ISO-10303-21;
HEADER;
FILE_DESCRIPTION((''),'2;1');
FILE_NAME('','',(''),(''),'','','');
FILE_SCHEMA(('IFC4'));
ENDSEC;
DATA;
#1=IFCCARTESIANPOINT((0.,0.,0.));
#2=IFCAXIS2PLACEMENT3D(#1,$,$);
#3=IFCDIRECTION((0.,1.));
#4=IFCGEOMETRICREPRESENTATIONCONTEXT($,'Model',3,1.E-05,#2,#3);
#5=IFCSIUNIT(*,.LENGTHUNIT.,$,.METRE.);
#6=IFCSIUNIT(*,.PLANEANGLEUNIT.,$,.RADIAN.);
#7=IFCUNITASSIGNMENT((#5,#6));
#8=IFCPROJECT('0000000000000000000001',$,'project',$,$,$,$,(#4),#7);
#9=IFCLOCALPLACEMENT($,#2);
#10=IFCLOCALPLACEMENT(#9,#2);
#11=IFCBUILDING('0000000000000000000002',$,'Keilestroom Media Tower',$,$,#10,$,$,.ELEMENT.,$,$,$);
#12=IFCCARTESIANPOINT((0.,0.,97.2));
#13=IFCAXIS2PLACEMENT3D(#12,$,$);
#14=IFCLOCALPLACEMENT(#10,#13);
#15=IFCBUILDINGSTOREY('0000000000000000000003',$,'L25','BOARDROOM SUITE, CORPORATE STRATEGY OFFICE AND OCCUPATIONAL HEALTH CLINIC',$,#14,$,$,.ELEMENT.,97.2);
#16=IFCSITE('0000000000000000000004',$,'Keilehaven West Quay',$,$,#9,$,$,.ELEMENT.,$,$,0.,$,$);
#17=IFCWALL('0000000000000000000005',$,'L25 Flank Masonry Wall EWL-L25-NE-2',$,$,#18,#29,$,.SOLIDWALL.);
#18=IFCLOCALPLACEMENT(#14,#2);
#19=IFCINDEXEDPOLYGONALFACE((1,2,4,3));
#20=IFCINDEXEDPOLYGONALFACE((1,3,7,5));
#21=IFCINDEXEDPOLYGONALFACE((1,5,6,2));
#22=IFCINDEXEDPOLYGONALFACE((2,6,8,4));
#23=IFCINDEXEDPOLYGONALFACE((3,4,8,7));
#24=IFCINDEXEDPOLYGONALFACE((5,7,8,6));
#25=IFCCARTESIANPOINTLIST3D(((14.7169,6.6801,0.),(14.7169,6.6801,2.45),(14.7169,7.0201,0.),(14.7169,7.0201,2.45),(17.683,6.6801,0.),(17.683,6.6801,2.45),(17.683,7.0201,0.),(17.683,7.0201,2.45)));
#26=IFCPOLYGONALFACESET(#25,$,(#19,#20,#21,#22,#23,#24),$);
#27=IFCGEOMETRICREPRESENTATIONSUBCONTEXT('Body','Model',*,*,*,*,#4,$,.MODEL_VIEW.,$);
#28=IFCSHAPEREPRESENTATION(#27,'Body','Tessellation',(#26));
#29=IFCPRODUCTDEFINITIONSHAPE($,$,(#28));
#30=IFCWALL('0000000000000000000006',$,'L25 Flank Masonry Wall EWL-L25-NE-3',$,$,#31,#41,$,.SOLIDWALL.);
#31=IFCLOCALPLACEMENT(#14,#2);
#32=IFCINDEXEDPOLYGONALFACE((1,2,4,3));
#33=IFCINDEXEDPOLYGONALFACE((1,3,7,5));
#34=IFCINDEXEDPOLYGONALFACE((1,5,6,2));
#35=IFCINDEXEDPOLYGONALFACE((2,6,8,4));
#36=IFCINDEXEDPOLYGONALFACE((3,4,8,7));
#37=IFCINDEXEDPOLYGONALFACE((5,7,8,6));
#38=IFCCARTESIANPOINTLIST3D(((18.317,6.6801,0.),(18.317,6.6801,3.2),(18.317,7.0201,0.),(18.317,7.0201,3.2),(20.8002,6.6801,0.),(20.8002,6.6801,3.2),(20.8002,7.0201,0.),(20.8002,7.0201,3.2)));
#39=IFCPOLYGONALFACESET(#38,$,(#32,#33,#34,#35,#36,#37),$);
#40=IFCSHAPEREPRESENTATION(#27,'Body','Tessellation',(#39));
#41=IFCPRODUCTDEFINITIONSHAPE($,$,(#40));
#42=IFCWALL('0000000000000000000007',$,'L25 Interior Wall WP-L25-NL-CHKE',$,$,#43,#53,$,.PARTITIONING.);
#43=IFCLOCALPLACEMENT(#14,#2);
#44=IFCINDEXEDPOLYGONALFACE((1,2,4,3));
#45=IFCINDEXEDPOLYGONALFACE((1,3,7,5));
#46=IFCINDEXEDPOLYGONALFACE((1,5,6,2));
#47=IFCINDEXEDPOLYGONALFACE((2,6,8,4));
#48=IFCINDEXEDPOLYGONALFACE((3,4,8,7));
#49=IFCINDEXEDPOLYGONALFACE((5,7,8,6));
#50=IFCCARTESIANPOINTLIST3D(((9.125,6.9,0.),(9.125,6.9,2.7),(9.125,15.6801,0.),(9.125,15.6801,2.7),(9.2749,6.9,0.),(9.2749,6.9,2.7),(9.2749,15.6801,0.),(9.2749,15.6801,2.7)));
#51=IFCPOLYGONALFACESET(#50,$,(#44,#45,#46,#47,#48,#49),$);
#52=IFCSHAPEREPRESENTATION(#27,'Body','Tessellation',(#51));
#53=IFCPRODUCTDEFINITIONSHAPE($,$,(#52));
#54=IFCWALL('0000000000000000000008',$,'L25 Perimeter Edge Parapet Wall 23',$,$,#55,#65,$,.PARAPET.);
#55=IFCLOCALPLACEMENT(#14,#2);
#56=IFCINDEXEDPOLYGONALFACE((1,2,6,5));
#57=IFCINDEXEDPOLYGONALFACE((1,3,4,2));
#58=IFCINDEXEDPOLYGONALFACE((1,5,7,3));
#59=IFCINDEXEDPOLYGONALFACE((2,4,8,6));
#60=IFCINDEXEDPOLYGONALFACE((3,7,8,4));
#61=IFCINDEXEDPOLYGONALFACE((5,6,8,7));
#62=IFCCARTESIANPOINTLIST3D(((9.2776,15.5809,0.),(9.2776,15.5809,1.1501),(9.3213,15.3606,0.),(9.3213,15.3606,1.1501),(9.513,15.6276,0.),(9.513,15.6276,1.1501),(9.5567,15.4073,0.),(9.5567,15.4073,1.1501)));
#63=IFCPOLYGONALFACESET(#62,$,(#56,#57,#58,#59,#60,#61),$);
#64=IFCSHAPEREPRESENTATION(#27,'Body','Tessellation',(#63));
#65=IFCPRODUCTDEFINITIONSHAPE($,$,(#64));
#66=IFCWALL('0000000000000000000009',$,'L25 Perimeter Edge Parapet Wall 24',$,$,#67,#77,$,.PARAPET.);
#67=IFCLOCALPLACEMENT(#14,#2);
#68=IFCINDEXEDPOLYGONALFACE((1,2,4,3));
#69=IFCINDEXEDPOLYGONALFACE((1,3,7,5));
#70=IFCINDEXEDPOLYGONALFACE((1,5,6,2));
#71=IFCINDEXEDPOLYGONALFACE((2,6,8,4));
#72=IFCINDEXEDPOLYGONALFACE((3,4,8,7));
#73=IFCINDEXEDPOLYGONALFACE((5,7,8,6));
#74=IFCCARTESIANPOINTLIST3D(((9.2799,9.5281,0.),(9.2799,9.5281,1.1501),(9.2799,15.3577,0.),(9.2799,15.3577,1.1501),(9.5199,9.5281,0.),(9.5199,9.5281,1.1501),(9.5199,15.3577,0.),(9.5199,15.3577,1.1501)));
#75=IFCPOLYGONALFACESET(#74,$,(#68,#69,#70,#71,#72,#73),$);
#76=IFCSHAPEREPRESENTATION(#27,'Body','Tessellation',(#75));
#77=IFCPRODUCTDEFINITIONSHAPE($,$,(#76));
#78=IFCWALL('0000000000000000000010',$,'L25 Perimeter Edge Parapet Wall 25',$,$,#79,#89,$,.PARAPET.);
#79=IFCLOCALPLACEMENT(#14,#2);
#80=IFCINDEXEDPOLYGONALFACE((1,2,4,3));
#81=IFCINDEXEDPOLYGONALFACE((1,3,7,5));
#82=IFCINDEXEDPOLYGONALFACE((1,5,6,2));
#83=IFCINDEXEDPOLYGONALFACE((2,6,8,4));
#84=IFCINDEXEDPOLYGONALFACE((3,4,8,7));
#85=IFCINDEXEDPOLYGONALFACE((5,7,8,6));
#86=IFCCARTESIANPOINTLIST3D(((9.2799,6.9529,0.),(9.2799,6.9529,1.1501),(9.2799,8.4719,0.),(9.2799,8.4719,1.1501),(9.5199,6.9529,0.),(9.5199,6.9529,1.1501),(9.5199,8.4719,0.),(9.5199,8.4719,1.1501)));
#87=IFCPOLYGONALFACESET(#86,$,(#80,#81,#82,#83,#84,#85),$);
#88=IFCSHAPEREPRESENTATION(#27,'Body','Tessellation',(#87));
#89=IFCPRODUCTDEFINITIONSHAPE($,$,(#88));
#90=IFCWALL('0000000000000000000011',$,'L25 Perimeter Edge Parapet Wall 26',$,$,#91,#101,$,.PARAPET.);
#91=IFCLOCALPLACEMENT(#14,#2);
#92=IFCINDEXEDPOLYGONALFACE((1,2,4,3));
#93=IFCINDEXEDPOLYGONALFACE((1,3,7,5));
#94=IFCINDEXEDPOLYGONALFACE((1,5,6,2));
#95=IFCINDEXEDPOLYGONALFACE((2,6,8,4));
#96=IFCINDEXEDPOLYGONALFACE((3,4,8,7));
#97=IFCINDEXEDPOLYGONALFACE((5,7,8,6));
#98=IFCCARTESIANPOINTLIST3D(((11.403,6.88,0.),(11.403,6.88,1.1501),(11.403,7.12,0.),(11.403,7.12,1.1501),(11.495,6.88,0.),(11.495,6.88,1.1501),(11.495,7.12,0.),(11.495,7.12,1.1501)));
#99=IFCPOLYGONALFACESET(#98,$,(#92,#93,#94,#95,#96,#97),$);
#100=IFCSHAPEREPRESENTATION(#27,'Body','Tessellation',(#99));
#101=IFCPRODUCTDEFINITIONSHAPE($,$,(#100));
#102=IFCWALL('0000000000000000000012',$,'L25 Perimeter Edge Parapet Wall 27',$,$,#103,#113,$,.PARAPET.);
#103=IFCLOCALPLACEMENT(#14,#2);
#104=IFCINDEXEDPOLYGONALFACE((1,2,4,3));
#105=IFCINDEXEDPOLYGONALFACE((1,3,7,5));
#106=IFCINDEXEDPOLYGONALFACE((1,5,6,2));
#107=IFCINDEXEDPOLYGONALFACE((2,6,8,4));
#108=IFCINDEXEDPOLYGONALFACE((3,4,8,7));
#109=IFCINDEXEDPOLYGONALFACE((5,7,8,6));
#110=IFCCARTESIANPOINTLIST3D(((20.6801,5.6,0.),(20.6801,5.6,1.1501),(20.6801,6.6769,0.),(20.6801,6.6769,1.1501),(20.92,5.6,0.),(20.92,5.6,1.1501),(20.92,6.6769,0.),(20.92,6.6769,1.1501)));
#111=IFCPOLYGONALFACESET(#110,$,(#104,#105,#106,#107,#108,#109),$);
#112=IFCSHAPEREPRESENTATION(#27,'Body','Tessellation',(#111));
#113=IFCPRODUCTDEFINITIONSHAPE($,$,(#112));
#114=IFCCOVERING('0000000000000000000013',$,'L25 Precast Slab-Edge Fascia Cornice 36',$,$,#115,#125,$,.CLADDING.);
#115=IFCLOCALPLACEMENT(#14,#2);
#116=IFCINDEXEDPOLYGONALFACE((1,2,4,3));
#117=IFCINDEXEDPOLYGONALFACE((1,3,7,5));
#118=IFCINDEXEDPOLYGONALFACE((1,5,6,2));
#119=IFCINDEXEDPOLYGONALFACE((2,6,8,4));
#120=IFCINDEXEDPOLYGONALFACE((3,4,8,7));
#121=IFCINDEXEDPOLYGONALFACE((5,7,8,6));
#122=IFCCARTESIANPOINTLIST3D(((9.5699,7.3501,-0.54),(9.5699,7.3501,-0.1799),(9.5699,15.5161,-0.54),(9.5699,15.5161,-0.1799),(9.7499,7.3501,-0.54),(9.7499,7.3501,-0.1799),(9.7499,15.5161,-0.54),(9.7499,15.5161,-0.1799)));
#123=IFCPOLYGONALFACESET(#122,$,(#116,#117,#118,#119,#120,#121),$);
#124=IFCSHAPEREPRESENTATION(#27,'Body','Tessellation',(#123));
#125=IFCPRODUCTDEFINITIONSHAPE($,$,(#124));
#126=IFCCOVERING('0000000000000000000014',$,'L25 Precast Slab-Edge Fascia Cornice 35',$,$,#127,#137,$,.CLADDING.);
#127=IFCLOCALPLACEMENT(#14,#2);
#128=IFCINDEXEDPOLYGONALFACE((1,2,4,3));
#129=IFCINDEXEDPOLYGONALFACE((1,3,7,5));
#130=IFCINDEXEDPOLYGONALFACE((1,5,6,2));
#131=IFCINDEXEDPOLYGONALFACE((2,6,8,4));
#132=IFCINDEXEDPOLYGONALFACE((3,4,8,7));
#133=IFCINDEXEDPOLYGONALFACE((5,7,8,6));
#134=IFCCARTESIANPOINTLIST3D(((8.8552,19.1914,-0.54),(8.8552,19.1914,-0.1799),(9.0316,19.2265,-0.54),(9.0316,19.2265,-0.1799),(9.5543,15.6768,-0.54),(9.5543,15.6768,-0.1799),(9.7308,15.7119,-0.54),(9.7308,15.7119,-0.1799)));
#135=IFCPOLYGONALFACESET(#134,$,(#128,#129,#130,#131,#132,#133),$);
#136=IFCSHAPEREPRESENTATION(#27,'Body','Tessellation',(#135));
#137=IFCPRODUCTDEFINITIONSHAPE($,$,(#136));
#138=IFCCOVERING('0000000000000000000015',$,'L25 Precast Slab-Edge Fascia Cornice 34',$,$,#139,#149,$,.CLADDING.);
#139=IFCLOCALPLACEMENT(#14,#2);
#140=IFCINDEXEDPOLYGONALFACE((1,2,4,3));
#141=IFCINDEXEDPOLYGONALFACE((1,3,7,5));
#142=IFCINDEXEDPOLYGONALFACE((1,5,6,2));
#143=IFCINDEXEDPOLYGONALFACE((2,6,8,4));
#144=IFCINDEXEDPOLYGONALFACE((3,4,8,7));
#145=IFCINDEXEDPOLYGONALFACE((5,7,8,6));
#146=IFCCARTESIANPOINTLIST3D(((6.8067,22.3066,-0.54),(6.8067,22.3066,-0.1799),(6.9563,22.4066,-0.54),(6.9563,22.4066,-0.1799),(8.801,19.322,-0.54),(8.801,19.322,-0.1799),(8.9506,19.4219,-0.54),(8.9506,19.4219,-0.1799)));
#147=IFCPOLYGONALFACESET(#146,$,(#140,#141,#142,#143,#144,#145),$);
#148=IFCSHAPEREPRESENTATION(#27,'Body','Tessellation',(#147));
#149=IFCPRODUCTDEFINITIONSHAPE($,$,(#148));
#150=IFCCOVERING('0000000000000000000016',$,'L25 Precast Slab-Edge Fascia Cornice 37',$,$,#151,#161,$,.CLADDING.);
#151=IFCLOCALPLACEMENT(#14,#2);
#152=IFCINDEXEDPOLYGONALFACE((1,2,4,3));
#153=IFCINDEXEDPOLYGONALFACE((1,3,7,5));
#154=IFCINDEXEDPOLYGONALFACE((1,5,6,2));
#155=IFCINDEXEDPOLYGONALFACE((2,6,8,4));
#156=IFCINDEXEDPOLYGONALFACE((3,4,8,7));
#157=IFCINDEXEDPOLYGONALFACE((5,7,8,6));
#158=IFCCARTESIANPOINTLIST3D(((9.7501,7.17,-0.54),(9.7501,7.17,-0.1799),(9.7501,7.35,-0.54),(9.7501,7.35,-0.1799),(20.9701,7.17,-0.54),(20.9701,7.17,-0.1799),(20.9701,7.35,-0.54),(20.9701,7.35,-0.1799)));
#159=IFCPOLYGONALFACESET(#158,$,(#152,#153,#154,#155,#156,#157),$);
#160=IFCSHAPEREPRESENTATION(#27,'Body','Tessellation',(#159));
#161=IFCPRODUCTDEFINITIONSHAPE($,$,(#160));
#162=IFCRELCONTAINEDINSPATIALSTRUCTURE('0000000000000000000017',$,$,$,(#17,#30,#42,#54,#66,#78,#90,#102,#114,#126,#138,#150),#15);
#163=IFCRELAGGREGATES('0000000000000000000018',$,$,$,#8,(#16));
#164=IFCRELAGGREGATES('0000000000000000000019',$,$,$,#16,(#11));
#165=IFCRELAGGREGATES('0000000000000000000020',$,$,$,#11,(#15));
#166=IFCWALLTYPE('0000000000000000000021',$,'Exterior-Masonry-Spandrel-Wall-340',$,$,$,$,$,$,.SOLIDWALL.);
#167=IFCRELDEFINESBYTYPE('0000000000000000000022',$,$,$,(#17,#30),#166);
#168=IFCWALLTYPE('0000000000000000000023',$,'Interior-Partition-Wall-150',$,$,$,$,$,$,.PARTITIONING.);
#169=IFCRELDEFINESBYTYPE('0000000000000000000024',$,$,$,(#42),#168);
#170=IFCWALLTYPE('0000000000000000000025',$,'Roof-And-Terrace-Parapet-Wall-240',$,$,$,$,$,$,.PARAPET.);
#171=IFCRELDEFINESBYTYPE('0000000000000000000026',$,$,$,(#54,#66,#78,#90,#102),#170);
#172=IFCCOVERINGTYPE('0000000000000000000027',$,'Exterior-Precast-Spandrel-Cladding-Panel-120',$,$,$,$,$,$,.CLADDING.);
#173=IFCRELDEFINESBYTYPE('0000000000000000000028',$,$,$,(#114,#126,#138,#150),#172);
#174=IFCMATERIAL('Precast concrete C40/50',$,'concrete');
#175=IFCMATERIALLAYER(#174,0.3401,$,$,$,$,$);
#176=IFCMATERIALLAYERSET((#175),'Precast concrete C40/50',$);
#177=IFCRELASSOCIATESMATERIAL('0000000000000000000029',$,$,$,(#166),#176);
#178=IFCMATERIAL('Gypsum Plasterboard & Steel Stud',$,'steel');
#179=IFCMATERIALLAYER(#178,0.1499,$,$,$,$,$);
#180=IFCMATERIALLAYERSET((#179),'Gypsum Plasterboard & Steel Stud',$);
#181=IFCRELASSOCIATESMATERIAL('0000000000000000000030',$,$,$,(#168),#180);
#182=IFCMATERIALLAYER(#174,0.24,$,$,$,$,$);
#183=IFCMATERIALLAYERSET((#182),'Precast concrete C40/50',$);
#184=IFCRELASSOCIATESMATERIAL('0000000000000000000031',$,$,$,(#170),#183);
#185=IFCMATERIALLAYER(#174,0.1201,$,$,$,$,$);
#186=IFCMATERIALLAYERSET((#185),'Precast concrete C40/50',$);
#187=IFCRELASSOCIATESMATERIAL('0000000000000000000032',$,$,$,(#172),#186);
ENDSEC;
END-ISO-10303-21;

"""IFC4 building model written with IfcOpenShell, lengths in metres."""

from ifc_helpers import new_model, si_unit, direction, frame, frame_2d, origin, origin_2d, place, context, subcontext, project, spatial, rectangle, extrude, source, transform, mapped, material, layer, layer_set, type_object, element, save


model = new_model("IFC4")

# Units and contexts
model_context = context("Model", 3, precision=1e-05, world=origin(), true_north=direction((0.0, 1.0)))
body_context = subcontext(model_context, "Body", "Model", "MODEL_VIEW")
ifc_project = project(units=[si_unit("LENGTHUNIT", "METRE"), si_unit("PLANEANGLEUNIT", "RADIAN")], contexts=[model_context])

# Site, building, storey
site_placement = place(None, origin())
site = spatial("IfcSite", under=ifc_project, at=site_placement, Name="Keilehaven West Quay", CompositionType="ELEMENT", RefElevation=0.0)
building_placement = place(site_placement, origin())
building = spatial("IfcBuilding", under=site, at=building_placement, Name="Keilestroom Media Tower", CompositionType="ELEMENT")
storey_placement = place(building_placement, frame((0.0, 0.0, 97.2)))
storey = spatial("IfcBuildingStorey", under=building, at=storey_placement, Name="L25", Description="BOARDROOM SUITE, CORPORATE STRATEGY OFFICE AND OCCUPATIONAL HEALTH CLINIC", CompositionType="ELEMENT", Elevation=97.2)

# Shared definitions
ifc_material_1 = material(Name="Precast concrete C40/50", Category="concrete")

# Walls
ifc_layer_1 = layer(ifc_material_1, 0.3401)
ifc_layer_set_1 = layer_set([ifc_layer_1], Name="Precast concrete C40/50")
wall_type_1 = type_object("IfcWallType", Name="Exterior-Masonry-Spandrel-Wall-340", PredefinedType="SOLIDWALL", material=ifc_layer_set_1)
wall_1_placement = place(storey_placement, frame((14.717, 6.8501, 0.0), z_axis=(0.0, 0.0, 1.0), x_axis=(1.0, 0.0, 0.0)))
element("IfcWall", 1, at=wall_1_placement, inside=storey, type_object=wall_type_1, Name="L25 Flank Masonry Wall EWL-L25-NE-2", PredefinedType="SOLIDWALL", context=body_context, shape_type="SweptSolid", body=[
    extrude(rectangle(XDim=2.9661, YDim=0.3401, at=frame_2d((1.4829, 0.0))), origin(), (0.0, 0.0, 1.0), 2.45),
])
wall_2_placement = place(storey_placement, frame((18.3169, 6.8501, 0.0), z_axis=(0.0, 0.0, 1.0), x_axis=(1.0, 0.0, 0.0)))
element("IfcWall", 2, at=wall_2_placement, inside=storey, type_object=wall_type_1, Name="L25 Flank Masonry Wall EWL-L25-NE-3", PredefinedType="SOLIDWALL", context=body_context, shape_type="SweptSolid", body=[
    extrude(rectangle(XDim=2.4832, YDim=0.3401, at=frame_2d((1.2417, 0.0))), origin(), (0.0, 0.0, 1.0), 3.2),
])
ifc_material_2 = material(Name="Gypsum Plasterboard & Steel Stud", Category="steel")
ifc_layer_2 = layer(ifc_material_2, 0.1499)
ifc_layer_set_2 = layer_set([ifc_layer_2], Name="Gypsum Plasterboard & Steel Stud")
wall_type_2 = type_object("IfcWallType", Name="Interior-Partition-Wall-150", PredefinedType="PARTITIONING", material=ifc_layer_set_2)
wall_3_placement = place(storey_placement, frame((9.2, 6.8999, 0.0), z_axis=(0.0, 0.0, 1.0), x_axis=(0.0, 1.0, 0.0)))
element("IfcWall", 3, at=wall_3_placement, inside=storey, type_object=wall_type_2, Name="L25 Interior Wall WP-L25-NL-CHKE", PredefinedType="PARTITIONING", context=body_context, shape_type="SweptSolid", body=[
    extrude(rectangle(XDim=8.78, YDim=0.1499, at=frame_2d((4.3901, 0.0))), origin(), (0.0, 0.0, 1.0), 2.7),
])
ifc_layer_3 = layer(ifc_material_1, 0.24)
ifc_layer_set_3 = layer_set([ifc_layer_3], Name="Precast concrete C40/50")
wall_type_3 = type_object("IfcWallType", Name="Roof-And-Terrace-Parapet-Wall-240", PredefinedType="PARAPET", material=ifc_layer_set_3)
wall_4_placement = place(storey_placement, frame((9.3953, 15.6042, 0.0), z_axis=(0.0, 0.0, 1.0), x_axis=(0.194652, -0.980872, 0.0)))
element("IfcWall", 4, at=wall_4_placement, inside=storey, type_object=wall_type_3, Name="L25 Perimeter Edge Parapet Wall 23", PredefinedType="PARAPET", context=body_context, shape_type="SweptSolid", body=[
    extrude(rectangle(XDim=0.2246, YDim=0.24, at=frame_2d((0.1123, 0.0))), origin(), (0.0, 0.0, 1.0), 1.1501),
])
wall_5_placement = place(storey_placement, frame((9.3999, 15.3577, 0.0), z_axis=(0.0, 0.0, 1.0), x_axis=(0.0, -1.0, 0.0)))
element("IfcWall", 5, at=wall_5_placement, inside=storey, type_object=wall_type_3, Name="L25 Perimeter Edge Parapet Wall 24", PredefinedType="PARAPET", context=body_context, shape_type="SweptSolid", body=[
    extrude(rectangle(XDim=5.8296, YDim=0.24, at=frame_2d((2.9148, 0.0))), origin(), (0.0, 0.0, 1.0), 1.1501),
])
wall_6_placement = place(storey_placement, frame((9.3999, 8.4719, 0.0), z_axis=(0.0, 0.0, 1.0), x_axis=(0.0, -1.0, 0.0)))
element("IfcWall", 6, at=wall_6_placement, inside=storey, type_object=wall_type_3, Name="L25 Perimeter Edge Parapet Wall 25", PredefinedType="PARAPET", context=body_context, shape_type="SweptSolid", body=[
    extrude(rectangle(XDim=1.519, YDim=0.24, at=frame_2d((0.7595, 0.0))), origin(), (0.0, 0.0, 1.0), 1.1501),
])
wall_7_placement = place(storey_placement, frame((11.4031, 7.0, 0.0), z_axis=(0.0, 0.0, 1.0), x_axis=(1.0, 0.0, 0.0)))
element("IfcWall", 7, at=wall_7_placement, inside=storey, type_object=wall_type_3, Name="L25 Perimeter Edge Parapet Wall 26", PredefinedType="PARAPET", context=body_context, shape_type="SweptSolid", body=[
    extrude(rectangle(XDim=0.092, YDim=0.24, at=frame_2d((0.0459, 0.0))), origin(), (0.0, 0.0, 1.0), 1.1501),
])
wall_8_placement = place(storey_placement, frame((20.8, 6.677, 0.0), z_axis=(0.0, 0.0, 1.0), x_axis=(0.0, -1.0, 0.0)))
element("IfcWall", 8, at=wall_8_placement, inside=storey, type_object=wall_type_3, Name="L25 Perimeter Edge Parapet Wall 27", PredefinedType="PARAPET", context=body_context, shape_type="SweptSolid", body=[
    extrude(rectangle(XDim=1.0769, YDim=0.24, at=frame_2d((0.5386, 0.0))), origin(), (0.0, 0.0, 1.0), 1.1501),
])

# Coverings
ifc_layer_4 = layer(ifc_material_1, 0.1201)
ifc_layer_set_4 = layer_set([ifc_layer_4], Name="Precast concrete C40/50")
covering_type = type_object("IfcCoveringType", Name="Exterior-Precast-Spandrel-Cladding-Panel-120", PredefinedType="CLADDING", material=ifc_layer_set_4)
shared_shape_1 = source(origin(), body_context, "Body", "SweptSolid", [
    extrude(rectangle(XDim=8.166, YDim=0.1799, at=origin_2d()), origin(), (0.0, 0.0, 1.0), 0.3601),
])
covering_1_placement = place(storey_placement, frame((9.6599, 11.4331, -0.54), z_axis=(0.0, 0.0, 1.0), x_axis=(0.0, -1.0, 0.0)))
element("IfcCovering", 9, at=covering_1_placement, inside=storey, type_object=covering_type, Name="L25 Precast Slab-Edge Fascia Cornice 36", PredefinedType="CLADDING", context=body_context, shape_type="MappedRepresentation", body=[
    mapped(shared_shape_1, transform((0.0, 0.0, 0.0), x_axis=(1.0, 0.0, 0.0), y_axis=(0.0, 1.0, 0.0), z_axis=(0.0, 0.0, 1.0), scale=1.0)),
])
shared_shape_2 = source(origin(), body_context, "Body", "SweptSolid", [
    extrude(rectangle(XDim=3.5835, YDim=0.1799, at=origin_2d()), origin(), (0.0, 0.0, 1.0), 0.3601),
])
covering_2_placement = place(storey_placement, frame((9.293, 17.4517, -0.54), z_axis=(0.0, 0.0, 1.0), x_axis=(0.195099, -0.980784, 0.0)))
element("IfcCovering", 10, at=covering_2_placement, inside=storey, type_object=covering_type, Name="L25 Precast Slab-Edge Fascia Cornice 35", PredefinedType="CLADDING", context=body_context, shape_type="MappedRepresentation", body=[
    mapped(shared_shape_2, transform((0.0, 0.0, 0.0), x_axis=(1.0, 0.0, 0.0), y_axis=(0.0, 1.0, 0.0), z_axis=(0.0, 0.0, 1.0), scale=1.0)),
])
shared_shape_3 = source(origin(), body_context, "Body", "SweptSolid", [
    extrude(rectangle(XDim=3.5896, YDim=0.1799, at=origin_2d()), origin(), (0.0, 0.0, 1.0), 0.3601),
])
covering_3_placement = place(storey_placement, frame((7.8787, 20.8643, -0.54), z_axis=(0.0, 0.0, 1.0), x_axis=(0.555575, -0.831467, 0.0)))
element("IfcCovering", 11, at=covering_3_placement, inside=storey, type_object=covering_type, Name="L25 Precast Slab-Edge Fascia Cornice 34", PredefinedType="CLADDING", context=body_context, shape_type="MappedRepresentation", body=[
    mapped(shared_shape_3, transform((0.0, 0.0, 0.0), x_axis=(1.0, 0.0, 0.0), y_axis=(0.0, 1.0, 0.0), z_axis=(0.0, 0.0, 1.0), scale=1.0)),
])
shared_shape_4 = source(origin(), body_context, "Body", "SweptSolid", [
    extrude(rectangle(XDim=11.22, YDim=0.1799, at=origin_2d()), origin(), (0.0, 0.0, 1.0), 0.3601),
])
covering_4_placement = place(storey_placement, frame((15.3601, 7.26, -0.54), z_axis=(0.0, 0.0, 1.0), x_axis=(1.0, 0.0, 0.0)))
element("IfcCovering", 12, at=covering_4_placement, inside=storey, type_object=covering_type, Name="L25 Precast Slab-Edge Fascia Cornice 37", PredefinedType="CLADDING", context=body_context, shape_type="MappedRepresentation", body=[
    mapped(shared_shape_4, transform((0.0, 0.0, 0.0), x_axis=(1.0, 0.0, 0.0), y_axis=(0.0, 1.0, 0.0), z_axis=(0.0, 0.0, 1.0), scale=1.0)),
])

save(model, "model.ifc")
